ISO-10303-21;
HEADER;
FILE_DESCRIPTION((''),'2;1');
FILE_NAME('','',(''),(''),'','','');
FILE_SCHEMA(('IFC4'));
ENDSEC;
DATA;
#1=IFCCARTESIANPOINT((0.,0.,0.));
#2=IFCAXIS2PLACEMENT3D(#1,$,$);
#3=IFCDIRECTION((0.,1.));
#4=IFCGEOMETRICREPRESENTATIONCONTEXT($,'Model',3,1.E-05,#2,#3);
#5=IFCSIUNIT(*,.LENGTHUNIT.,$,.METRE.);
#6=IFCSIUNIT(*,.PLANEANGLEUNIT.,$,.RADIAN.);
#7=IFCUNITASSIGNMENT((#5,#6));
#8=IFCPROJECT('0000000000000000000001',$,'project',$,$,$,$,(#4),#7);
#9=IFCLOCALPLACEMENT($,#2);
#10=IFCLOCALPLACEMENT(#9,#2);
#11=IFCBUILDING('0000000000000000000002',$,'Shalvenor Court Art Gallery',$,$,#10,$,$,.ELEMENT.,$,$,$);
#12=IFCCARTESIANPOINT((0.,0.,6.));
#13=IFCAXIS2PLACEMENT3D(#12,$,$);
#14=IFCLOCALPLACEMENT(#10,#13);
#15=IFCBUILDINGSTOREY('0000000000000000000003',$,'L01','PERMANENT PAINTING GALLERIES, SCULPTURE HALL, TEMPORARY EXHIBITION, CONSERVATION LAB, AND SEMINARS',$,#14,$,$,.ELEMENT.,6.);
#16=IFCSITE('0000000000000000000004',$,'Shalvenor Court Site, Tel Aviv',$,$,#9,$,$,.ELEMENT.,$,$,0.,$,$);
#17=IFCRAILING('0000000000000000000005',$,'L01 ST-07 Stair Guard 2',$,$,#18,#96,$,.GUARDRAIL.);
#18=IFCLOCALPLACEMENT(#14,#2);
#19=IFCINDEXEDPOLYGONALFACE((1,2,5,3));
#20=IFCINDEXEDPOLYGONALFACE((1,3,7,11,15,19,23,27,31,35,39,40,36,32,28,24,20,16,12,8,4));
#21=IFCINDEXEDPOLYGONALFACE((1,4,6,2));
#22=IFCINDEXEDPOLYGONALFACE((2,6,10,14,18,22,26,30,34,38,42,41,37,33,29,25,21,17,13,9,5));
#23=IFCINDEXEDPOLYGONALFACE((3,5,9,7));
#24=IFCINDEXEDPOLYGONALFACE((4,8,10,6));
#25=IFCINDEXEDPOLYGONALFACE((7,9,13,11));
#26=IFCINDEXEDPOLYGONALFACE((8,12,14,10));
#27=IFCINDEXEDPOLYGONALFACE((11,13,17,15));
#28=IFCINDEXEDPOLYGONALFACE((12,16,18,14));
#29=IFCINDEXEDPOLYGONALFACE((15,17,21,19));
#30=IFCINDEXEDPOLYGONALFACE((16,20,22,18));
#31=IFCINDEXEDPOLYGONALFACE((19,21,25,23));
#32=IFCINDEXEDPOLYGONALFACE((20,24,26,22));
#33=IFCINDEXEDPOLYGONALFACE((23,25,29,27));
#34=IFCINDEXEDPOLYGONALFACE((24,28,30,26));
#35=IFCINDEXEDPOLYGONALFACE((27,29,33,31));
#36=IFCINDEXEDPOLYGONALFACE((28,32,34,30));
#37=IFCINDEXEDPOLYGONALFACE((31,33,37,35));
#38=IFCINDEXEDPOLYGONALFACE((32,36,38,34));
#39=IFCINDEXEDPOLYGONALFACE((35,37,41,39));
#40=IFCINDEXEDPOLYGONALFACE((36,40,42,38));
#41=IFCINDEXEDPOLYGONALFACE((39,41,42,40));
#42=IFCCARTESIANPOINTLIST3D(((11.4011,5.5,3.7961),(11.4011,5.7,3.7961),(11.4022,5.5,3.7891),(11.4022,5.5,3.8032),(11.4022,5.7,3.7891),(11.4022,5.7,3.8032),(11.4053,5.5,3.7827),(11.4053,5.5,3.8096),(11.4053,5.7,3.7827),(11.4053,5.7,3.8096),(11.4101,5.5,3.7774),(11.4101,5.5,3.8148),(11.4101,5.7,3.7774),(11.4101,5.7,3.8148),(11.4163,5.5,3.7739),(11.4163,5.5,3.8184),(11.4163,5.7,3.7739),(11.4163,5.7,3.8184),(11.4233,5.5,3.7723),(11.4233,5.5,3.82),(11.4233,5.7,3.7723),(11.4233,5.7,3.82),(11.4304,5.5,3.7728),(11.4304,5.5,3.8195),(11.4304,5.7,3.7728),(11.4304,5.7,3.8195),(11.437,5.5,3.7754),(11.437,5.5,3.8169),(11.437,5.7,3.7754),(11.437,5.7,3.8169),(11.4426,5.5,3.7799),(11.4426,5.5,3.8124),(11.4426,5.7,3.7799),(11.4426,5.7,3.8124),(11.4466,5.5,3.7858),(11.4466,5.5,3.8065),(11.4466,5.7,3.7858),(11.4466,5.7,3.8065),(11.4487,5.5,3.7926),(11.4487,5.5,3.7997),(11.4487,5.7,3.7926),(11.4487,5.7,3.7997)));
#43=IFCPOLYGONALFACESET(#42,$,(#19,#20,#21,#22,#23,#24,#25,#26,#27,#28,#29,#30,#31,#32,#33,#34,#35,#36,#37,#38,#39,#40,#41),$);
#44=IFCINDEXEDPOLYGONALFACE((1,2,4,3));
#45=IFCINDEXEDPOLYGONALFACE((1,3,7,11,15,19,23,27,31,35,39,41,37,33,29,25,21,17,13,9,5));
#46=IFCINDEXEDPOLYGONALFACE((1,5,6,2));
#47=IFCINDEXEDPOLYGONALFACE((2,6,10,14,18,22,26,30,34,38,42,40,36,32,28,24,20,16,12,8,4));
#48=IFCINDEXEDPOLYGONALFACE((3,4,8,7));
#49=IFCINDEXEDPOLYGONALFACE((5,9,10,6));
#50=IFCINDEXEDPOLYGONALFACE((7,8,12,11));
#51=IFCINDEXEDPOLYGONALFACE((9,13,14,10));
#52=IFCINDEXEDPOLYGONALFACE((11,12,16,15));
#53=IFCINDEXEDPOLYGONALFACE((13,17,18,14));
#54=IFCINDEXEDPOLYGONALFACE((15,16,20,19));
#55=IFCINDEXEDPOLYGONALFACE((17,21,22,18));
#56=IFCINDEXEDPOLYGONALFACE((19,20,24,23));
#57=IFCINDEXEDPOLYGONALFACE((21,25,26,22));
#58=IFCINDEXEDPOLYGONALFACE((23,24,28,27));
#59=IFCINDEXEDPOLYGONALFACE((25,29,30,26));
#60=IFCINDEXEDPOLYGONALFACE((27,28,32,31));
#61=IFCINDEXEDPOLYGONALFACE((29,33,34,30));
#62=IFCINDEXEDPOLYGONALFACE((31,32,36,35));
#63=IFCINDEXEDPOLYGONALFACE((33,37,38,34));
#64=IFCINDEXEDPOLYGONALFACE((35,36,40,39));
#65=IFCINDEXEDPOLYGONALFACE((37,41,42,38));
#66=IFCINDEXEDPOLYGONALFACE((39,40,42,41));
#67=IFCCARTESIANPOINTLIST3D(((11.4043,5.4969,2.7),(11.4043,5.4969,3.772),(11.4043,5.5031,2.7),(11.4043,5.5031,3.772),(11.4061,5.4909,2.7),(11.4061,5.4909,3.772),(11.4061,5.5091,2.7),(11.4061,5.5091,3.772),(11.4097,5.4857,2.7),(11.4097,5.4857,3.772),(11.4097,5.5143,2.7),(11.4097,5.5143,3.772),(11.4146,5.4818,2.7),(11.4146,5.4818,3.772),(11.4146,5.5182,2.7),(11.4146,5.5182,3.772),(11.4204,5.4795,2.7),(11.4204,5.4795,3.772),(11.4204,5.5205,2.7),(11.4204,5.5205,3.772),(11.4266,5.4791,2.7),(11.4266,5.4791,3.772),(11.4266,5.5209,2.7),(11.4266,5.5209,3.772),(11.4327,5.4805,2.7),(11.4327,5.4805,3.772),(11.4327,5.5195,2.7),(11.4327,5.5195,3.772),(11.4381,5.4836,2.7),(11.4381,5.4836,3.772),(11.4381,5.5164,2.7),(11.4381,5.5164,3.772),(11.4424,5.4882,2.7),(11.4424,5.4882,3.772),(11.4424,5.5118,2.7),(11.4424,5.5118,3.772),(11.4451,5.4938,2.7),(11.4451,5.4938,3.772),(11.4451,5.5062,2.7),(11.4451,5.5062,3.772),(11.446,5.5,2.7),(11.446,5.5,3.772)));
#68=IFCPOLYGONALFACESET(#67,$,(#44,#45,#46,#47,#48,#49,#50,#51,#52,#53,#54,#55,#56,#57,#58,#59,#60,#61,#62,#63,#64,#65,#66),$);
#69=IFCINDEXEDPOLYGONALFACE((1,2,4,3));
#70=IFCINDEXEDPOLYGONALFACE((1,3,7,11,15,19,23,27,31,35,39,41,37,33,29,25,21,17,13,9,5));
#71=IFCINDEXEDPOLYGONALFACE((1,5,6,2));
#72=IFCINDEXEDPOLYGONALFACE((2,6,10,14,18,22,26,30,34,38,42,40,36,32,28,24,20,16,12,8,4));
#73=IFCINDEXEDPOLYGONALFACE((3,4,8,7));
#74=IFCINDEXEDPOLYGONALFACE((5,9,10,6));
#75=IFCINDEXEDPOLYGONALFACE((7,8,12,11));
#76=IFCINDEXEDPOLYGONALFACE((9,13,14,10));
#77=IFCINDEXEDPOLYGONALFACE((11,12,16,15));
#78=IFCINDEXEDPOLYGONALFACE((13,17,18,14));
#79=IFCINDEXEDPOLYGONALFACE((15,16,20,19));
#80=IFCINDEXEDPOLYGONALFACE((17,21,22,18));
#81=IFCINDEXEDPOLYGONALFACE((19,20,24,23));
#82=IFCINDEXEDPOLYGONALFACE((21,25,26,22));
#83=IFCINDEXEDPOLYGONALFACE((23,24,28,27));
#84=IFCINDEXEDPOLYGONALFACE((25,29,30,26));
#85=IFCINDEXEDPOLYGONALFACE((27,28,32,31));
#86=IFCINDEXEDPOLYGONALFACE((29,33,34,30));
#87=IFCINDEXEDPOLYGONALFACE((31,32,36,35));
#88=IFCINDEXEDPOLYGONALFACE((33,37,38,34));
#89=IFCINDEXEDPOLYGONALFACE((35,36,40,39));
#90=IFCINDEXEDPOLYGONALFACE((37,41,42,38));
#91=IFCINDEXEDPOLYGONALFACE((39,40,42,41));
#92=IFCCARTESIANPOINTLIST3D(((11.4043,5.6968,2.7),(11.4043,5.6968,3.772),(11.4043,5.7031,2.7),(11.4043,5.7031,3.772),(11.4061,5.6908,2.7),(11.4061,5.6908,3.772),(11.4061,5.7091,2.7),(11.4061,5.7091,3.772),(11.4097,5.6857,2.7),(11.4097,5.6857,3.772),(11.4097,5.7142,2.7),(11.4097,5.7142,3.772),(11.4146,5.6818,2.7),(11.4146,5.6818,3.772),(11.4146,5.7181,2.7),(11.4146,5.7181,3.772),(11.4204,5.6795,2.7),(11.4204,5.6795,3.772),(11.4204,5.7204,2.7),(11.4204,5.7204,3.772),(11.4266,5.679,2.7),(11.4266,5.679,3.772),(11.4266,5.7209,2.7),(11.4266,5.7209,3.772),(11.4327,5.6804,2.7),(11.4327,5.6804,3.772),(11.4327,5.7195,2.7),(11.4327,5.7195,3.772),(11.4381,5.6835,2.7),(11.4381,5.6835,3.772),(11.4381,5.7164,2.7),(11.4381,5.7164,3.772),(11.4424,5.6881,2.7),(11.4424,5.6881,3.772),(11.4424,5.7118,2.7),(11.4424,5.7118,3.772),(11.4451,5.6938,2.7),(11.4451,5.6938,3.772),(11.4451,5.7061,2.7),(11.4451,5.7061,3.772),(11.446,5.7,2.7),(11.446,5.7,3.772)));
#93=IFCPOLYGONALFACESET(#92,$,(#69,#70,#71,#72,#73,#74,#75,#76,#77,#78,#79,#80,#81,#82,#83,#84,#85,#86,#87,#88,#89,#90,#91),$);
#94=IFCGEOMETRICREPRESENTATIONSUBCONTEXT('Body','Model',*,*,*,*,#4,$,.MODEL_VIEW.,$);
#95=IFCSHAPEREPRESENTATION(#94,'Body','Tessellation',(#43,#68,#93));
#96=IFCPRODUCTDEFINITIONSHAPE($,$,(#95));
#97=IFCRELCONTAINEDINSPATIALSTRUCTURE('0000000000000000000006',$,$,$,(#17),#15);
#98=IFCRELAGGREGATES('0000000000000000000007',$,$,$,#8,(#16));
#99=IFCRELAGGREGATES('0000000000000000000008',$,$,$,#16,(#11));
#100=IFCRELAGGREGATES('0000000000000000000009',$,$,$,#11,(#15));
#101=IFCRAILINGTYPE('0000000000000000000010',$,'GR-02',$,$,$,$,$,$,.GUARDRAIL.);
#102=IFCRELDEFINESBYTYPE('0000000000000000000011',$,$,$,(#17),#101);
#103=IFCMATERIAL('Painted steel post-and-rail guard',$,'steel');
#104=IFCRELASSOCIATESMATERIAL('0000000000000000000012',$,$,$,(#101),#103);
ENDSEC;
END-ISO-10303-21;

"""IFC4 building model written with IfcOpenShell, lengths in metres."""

from ifc_helpers import new_model, si_unit, direction, frame, origin, origin_2d, place, context, subcontext, project, spatial, circle, extrude, material, type_object, element, save


model = new_model("IFC4")

# Units and contexts
model_context = context("Model", 3, precision=1e-05, world=origin(), true_north=direction((0.0, 1.0)))
body_context = subcontext(model_context, "Body", "Model", "MODEL_VIEW")
ifc_project = project(units=[si_unit("LENGTHUNIT", "METRE"), si_unit("PLANEANGLEUNIT", "RADIAN")], contexts=[model_context])

# Site, building, storey
site_placement = place(None, origin())
site = spatial("IfcSite", under=ifc_project, at=site_placement, Name="Shalvenor Court Site, Tel Aviv", CompositionType="ELEMENT", RefElevation=0.0)
building_placement = place(site_placement, origin())
building = spatial("IfcBuilding", under=site, at=building_placement, Name="Shalvenor Court Art Gallery", CompositionType="ELEMENT")
storey_placement = place(building_placement, frame((0.0, 0.0, 6.0)))
storey = spatial("IfcBuildingStorey", under=building, at=storey_placement, Name="L01", Description="PERMANENT PAINTING GALLERIES, SCULPTURE HALL, TEMPORARY EXHIBITION, CONSERVATION LAB, AND SEMINARS", CompositionType="ELEMENT", Elevation=6.0)

# Railing
ifc_material_1 = material(Name="Painted steel post-and-rail guard", Category="steel")
railing_type_1 = type_object("IfcRailingType", Name="GR-02", PredefinedType="GUARDRAIL", material=ifc_material_1)
railing_1_placement = place(storey_placement, frame((11.425, 5.5, 2.7)))
element("IfcRailing", 1, at=railing_1_placement, inside=storey, type_object=railing_type_1, Name="L01 ST-07 Stair Guard 2", PredefinedType="GUARDRAIL", context=body_context, shape_type="SweptSolid", body=[
    extrude(circle(Radius=0.0239, at=origin_2d()), frame((0.0, 0.0, 1.0962), z_axis=(0.0, 1.0, 0.0), x_axis=(-1.0, 0.0, 0.0)), (0.0, 0.0, 1.0), 0.2),
    extrude(circle(Radius=0.021, at=origin_2d()), origin(), (0.0, 0.0, 1.0), 1.072),
    extrude(circle(Radius=0.021, at=origin_2d()), frame((0.0, 0.2, 0.0)), (0.0, 0.0, 1.0), 1.072),
])

save(model, "model.ifc")
